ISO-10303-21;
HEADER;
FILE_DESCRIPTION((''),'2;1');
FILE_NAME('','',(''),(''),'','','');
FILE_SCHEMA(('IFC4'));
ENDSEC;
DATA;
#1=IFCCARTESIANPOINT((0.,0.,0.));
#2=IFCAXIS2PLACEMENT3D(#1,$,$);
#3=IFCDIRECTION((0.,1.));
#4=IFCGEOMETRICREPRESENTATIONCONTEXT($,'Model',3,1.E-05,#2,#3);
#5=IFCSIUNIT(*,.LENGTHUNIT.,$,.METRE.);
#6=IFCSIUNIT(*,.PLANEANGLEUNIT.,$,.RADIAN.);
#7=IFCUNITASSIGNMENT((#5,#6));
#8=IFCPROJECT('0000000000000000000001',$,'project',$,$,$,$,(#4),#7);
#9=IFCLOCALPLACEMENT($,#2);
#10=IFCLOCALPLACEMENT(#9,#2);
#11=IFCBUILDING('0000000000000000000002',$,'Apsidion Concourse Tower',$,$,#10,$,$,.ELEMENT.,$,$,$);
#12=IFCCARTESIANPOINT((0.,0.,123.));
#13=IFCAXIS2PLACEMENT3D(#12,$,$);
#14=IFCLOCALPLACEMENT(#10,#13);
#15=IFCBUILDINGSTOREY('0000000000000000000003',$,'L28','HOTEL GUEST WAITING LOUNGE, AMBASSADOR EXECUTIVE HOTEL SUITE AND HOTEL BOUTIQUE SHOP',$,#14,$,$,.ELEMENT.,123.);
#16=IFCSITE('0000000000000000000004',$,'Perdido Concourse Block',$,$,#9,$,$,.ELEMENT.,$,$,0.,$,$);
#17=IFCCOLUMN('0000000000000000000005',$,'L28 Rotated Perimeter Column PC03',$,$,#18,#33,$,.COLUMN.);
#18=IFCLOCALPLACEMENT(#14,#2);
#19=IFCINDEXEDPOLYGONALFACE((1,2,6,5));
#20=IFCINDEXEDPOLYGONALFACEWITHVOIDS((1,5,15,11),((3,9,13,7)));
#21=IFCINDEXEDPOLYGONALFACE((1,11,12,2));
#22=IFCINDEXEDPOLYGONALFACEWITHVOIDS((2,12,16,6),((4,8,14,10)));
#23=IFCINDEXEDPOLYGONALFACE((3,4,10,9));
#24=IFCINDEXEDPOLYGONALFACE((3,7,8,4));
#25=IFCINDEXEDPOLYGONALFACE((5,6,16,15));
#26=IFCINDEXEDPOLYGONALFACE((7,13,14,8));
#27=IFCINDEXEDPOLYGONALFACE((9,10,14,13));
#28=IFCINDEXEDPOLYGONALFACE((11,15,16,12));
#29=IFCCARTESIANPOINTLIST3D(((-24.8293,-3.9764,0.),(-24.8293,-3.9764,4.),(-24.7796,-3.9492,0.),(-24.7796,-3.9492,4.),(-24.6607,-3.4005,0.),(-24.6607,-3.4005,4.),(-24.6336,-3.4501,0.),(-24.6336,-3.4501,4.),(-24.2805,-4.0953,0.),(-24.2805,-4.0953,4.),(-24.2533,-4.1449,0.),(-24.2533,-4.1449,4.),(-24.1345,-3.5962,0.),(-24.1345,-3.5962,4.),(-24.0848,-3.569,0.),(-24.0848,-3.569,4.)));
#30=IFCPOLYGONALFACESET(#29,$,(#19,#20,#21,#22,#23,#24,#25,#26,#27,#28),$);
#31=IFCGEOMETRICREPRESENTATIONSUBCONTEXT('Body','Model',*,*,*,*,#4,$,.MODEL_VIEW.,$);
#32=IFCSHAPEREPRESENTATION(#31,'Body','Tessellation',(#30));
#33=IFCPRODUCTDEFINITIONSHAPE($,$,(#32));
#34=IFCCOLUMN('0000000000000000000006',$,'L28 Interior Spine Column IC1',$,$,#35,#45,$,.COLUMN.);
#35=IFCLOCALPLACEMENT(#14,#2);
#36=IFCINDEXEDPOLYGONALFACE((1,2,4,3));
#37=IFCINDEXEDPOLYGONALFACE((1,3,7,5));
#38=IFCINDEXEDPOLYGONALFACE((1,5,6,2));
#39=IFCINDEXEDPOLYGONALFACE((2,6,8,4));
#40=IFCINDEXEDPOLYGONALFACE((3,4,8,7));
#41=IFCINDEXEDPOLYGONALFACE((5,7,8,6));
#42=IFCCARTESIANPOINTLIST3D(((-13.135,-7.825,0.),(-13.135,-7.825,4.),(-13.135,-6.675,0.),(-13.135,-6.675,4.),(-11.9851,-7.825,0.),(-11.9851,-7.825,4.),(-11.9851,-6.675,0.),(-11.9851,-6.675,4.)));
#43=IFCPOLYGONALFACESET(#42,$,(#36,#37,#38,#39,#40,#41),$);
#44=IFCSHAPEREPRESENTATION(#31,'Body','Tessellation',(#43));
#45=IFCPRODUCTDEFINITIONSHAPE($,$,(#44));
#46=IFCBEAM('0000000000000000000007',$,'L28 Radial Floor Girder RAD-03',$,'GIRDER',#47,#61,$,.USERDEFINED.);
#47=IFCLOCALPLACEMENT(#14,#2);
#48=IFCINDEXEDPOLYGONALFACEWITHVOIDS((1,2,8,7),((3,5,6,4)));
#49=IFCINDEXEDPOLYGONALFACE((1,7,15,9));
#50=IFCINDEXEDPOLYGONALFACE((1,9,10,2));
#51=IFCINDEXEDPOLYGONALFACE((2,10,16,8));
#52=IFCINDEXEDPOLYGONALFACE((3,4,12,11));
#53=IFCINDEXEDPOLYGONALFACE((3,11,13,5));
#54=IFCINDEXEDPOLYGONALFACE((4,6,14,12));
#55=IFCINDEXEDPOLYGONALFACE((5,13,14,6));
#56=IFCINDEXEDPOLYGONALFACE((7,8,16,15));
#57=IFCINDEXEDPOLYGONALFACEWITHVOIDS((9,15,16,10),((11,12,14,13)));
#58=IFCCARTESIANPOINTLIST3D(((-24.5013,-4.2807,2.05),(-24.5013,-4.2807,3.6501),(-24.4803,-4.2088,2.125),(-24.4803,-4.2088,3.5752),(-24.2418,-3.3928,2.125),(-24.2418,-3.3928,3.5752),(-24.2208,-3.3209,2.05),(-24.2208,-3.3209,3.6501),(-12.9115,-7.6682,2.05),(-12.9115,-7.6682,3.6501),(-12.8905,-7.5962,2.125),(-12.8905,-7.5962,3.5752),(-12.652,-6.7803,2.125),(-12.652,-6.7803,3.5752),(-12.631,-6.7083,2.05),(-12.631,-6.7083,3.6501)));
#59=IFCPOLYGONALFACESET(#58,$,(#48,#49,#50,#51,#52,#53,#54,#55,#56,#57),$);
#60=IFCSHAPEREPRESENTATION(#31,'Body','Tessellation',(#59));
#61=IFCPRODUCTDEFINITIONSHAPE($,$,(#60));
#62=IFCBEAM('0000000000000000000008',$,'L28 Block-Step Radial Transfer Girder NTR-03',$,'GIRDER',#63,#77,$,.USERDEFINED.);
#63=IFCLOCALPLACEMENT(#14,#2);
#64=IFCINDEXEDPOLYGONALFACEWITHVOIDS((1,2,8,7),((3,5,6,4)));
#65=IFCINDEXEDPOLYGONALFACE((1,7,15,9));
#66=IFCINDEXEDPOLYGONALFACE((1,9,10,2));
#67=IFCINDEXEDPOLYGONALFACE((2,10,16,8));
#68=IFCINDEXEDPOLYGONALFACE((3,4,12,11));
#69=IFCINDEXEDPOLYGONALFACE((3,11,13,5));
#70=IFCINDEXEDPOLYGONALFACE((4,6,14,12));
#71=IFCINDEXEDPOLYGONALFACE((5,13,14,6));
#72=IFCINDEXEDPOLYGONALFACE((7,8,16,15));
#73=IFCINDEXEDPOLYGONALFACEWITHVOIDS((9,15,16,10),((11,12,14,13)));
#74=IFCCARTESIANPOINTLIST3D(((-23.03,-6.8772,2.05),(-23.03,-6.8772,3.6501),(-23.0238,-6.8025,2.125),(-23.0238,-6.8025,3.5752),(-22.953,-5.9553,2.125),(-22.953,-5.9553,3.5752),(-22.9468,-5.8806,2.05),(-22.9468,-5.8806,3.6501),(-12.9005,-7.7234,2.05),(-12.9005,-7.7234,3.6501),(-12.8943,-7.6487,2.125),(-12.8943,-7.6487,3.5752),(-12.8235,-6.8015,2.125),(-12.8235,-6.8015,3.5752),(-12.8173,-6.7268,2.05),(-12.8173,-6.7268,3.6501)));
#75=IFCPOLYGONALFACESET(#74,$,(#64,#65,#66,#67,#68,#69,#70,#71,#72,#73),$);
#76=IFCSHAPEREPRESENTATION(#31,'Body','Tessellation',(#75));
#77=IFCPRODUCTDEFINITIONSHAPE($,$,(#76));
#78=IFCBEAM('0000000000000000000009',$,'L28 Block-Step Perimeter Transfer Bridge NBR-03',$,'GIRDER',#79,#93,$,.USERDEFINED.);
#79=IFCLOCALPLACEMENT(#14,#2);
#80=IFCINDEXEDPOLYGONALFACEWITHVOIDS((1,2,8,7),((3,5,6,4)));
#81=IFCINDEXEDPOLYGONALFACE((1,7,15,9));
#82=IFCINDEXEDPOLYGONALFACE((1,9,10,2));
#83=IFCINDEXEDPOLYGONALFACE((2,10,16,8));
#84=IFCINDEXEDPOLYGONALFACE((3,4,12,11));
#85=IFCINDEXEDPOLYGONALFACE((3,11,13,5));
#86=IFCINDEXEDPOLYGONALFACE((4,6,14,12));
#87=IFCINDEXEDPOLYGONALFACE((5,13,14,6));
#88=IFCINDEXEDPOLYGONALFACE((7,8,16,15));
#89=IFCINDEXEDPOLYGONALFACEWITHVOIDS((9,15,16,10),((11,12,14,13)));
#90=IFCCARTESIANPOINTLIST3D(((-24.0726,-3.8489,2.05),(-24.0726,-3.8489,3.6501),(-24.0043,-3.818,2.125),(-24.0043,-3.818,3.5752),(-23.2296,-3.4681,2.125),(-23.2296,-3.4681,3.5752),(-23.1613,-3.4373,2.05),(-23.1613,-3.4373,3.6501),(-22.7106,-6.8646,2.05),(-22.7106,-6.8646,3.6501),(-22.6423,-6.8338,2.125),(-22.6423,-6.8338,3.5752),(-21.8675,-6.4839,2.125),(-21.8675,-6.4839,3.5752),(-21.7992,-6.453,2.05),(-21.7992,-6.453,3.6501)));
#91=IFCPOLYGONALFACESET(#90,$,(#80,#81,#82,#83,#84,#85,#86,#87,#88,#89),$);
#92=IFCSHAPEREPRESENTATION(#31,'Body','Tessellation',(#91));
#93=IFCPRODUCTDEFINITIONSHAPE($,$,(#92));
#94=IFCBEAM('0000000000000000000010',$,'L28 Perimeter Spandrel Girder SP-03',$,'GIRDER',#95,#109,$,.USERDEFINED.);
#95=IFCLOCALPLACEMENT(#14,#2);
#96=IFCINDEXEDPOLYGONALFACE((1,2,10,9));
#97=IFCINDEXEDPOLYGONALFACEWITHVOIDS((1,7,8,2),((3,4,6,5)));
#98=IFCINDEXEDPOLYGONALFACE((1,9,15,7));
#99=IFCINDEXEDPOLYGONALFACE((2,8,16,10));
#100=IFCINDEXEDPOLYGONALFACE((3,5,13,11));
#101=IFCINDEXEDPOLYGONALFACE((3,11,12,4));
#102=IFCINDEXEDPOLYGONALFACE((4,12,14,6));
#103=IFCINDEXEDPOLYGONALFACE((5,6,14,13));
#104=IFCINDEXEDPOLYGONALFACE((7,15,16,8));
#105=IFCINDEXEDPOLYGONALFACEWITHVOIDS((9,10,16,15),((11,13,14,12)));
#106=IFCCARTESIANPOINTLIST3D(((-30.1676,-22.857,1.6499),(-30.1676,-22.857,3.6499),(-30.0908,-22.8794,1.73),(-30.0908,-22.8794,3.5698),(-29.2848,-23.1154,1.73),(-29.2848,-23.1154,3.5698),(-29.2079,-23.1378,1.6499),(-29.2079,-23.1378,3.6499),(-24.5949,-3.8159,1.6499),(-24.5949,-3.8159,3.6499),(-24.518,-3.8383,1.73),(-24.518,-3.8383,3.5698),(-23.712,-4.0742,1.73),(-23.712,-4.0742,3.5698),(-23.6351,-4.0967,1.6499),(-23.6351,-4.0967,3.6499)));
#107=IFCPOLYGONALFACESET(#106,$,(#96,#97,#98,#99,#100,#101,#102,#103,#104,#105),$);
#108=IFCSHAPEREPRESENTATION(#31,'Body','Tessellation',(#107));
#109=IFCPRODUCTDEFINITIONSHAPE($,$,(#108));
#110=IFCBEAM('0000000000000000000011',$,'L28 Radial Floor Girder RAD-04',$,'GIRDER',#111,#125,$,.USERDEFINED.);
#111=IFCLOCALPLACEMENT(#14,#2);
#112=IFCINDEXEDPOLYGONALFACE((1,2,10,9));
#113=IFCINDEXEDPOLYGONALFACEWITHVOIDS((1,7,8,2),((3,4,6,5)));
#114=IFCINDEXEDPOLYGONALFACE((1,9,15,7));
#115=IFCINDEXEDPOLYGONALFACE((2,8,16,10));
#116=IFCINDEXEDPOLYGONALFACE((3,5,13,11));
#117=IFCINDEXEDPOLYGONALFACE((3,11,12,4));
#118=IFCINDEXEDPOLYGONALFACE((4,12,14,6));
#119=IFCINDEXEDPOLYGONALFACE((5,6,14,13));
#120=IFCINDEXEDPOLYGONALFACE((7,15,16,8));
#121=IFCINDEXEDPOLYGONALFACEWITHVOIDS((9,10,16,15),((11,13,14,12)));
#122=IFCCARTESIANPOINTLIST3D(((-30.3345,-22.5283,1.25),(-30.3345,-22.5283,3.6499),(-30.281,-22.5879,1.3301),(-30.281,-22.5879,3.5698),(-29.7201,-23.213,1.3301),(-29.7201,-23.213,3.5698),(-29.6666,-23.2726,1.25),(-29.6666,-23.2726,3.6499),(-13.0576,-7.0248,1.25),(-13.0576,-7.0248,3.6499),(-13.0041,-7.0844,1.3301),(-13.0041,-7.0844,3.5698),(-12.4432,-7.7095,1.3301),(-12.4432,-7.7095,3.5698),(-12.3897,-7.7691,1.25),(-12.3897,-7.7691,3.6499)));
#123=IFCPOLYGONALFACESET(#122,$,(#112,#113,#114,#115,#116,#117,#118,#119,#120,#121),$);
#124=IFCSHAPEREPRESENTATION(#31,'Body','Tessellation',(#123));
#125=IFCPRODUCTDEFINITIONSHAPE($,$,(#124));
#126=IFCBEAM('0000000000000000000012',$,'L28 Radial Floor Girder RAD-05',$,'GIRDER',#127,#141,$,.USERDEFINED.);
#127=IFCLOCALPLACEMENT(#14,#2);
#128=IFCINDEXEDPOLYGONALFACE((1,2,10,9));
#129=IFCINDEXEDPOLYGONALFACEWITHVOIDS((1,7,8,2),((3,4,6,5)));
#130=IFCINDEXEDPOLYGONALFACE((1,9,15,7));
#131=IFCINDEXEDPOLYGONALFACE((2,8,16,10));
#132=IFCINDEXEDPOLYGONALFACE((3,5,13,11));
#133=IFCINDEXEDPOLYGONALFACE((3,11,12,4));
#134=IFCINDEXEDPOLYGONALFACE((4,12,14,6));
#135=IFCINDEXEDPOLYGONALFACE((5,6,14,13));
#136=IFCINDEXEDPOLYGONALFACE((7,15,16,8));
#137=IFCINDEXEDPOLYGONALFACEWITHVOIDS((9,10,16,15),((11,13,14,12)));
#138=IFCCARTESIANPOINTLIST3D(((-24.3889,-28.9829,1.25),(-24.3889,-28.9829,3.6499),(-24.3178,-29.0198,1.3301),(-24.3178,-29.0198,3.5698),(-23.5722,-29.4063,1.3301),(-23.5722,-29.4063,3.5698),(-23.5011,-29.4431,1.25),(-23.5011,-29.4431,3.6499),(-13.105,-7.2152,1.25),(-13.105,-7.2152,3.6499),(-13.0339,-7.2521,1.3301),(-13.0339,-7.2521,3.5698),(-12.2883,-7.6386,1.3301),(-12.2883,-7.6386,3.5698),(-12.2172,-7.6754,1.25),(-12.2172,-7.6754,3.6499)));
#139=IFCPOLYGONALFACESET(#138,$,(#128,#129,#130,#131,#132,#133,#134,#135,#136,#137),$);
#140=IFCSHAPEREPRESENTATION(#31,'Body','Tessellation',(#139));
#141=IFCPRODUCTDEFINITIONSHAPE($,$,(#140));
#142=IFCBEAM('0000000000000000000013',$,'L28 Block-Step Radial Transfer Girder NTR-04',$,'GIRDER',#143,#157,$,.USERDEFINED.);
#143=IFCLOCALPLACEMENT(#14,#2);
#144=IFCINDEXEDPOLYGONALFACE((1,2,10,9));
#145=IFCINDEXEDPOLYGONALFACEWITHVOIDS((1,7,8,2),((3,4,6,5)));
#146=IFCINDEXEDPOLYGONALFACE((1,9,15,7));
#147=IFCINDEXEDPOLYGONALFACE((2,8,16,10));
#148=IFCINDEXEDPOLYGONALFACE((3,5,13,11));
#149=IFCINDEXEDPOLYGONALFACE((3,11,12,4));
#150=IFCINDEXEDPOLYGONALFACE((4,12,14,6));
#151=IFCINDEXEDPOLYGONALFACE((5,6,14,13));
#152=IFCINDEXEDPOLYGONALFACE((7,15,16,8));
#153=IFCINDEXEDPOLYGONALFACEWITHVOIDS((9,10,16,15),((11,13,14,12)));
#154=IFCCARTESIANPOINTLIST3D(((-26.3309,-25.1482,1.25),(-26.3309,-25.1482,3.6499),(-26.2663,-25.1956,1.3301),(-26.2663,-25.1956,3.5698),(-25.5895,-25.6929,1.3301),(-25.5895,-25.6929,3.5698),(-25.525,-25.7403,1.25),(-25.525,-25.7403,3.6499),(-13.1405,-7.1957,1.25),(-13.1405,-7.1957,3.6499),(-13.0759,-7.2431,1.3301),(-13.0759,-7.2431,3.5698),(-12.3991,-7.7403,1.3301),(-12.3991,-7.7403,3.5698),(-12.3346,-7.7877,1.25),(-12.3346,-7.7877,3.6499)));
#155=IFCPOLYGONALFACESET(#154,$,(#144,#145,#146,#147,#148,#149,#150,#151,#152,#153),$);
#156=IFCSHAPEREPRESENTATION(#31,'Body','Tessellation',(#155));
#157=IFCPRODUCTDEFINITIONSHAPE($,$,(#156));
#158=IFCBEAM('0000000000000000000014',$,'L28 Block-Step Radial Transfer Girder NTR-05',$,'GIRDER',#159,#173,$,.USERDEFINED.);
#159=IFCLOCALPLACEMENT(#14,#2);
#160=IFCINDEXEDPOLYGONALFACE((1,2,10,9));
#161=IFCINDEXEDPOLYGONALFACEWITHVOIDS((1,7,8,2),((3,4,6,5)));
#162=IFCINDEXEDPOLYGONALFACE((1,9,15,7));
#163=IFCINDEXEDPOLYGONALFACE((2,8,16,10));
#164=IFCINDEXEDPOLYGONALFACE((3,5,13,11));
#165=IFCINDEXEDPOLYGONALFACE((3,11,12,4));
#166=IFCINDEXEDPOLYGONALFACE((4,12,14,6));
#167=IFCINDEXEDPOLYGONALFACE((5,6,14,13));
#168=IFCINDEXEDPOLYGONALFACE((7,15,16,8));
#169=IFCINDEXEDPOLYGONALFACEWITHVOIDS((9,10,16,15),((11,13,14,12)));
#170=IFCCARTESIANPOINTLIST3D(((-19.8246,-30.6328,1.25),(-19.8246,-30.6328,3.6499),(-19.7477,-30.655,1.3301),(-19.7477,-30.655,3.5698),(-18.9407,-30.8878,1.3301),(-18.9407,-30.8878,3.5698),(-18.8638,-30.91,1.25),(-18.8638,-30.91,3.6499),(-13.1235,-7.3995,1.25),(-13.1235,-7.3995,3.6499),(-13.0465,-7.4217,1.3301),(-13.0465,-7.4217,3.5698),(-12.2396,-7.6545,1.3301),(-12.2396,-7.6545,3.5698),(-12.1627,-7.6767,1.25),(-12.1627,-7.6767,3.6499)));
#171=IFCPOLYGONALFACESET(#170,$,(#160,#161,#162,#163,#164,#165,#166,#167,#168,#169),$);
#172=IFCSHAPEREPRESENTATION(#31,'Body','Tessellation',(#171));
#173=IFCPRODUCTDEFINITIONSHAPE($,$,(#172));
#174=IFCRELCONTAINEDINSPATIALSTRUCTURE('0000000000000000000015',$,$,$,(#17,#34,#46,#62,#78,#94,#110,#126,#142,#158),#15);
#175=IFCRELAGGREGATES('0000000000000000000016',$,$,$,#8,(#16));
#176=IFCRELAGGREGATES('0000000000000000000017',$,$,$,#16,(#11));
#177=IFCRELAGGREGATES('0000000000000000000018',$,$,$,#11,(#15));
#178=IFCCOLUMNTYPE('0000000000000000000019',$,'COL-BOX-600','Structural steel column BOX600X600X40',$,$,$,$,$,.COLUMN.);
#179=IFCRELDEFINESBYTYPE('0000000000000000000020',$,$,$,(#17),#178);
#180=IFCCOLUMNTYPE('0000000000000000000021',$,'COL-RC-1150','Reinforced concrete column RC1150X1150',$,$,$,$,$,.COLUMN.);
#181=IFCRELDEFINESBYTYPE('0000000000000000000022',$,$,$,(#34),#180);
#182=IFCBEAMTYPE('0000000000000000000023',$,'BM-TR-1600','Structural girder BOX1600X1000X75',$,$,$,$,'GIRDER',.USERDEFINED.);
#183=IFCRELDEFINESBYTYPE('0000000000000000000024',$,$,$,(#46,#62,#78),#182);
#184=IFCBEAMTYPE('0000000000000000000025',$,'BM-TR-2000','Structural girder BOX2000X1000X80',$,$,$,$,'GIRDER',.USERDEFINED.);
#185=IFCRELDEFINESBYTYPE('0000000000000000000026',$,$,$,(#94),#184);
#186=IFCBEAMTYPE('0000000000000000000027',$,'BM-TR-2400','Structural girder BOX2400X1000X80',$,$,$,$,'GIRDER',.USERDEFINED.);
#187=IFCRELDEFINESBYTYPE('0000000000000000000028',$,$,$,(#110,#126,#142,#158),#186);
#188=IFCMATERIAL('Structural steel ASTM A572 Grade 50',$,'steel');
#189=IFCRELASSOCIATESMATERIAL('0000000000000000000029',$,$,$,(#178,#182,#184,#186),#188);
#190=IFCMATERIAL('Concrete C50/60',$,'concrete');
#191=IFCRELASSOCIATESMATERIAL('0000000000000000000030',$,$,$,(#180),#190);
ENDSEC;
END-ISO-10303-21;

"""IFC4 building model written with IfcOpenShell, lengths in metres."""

from ifc_helpers import new_model, si_unit, direction, frame, origin, origin_2d, place, context, subcontext, project, spatial, rectangle, hollow_rectangle, extrude, material, material_profile, profile_set, type_object, element, save


model = new_model("IFC4")

# Units and contexts
model_context = context("Model", 3, precision=1e-05, world=origin(), true_north=direction((0.0, 1.0)))
body_context = subcontext(model_context, "Body", "Model", "MODEL_VIEW")
ifc_project = project(units=[si_unit("LENGTHUNIT", "METRE"), si_unit("PLANEANGLEUNIT", "RADIAN")], contexts=[model_context])

# Site, building, storey
site_placement = place(None, origin())
site = spatial("IfcSite", under=ifc_project, at=site_placement, Name="Perdido Concourse Block", CompositionType="ELEMENT", RefElevation=0.0)
building_placement = place(site_placement, origin())
building = spatial("IfcBuilding", under=site, at=building_placement, Name="Apsidion Concourse Tower", CompositionType="ELEMENT")
storey_placement = place(building_placement, frame((0.0, 0.0, 123.0)))
storey = spatial("IfcBuildingStorey", under=building, at=storey_placement, Name="L28", Description="HOTEL GUEST WAITING LOUNGE, AMBASSADOR EXECUTIVE HOTEL SUITE AND HOTEL BOUTIQUE SHOP", CompositionType="ELEMENT", Elevation=123.0)

# Columns
ifc_material_1 = material(Name="Structural steel ASTM A572 Grade 50", Category="steel")
ifc_material_profile_1 = material_profile(ifc_material_1, hollow_rectangle(XDim=0.6001, YDim=0.6001, WallThickness=0.04, at=origin_2d()), Name="BOX600X600X40")
ifc_profile_set_1 = profile_set([ifc_material_profile_1], Name="Structural steel ASTM A572 Grade 50")
column_type_1 = type_object("IfcColumnType", Name="COL-BOX-600", Description="Structural steel column BOX600X600X40", PredefinedType="COLUMN", material=ifc_profile_set_1)
column_1_placement = place(storey_placement, frame((-24.457, -3.7727, 0.0), z_axis=(0.0, 0.0, 1.0), x_axis=(0.280834, 0.959756, 0.0)))
element("IfcColumn", 1, at=column_1_placement, inside=storey, type_object=column_type_1, Name="L28 Rotated Perimeter Column PC03", PredefinedType="COLUMN", context=body_context, shape_type="SweptSolid", body=[
    extrude(hollow_rectangle(XDim=0.6001, YDim=0.6001, WallThickness=0.04, at=origin_2d()), origin(), (0.0, 0.0, 1.0), 4.0),
])
ifc_material_2 = material(Name="Concrete C50/60", Category="concrete")
ifc_material_profile_2 = material_profile(ifc_material_2, rectangle(XDim=1.1499, YDim=1.1499, at=origin_2d()), Name="RC 1150x1150")
ifc_profile_set_2 = profile_set([ifc_material_profile_2], Name="Concrete C50/60")
column_type_2 = type_object("IfcColumnType", Name="COL-RC-1150", Description="Reinforced concrete column RC1150X1150", PredefinedType="COLUMN", material=ifc_profile_set_2)
column_2_placement = place(storey_placement, frame((-12.5601, -7.25, 0.0), z_axis=(0.0, 0.0, 1.0), x_axis=(1.0, 0.0, 0.0)))
element("IfcColumn", 2, at=column_2_placement, inside=storey, type_object=column_type_2, Name="L28 Interior Spine Column IC1", PredefinedType="COLUMN", context=body_context, shape_type="SweptSolid", body=[
    extrude(rectangle(XDim=1.1499, YDim=1.1499, at=origin_2d()), origin(), (0.0, 0.0, 1.0), 4.0),
])

# Beams
ifc_material_profile_3 = material_profile(ifc_material_1, hollow_rectangle(XDim=1.0, YDim=1.6001, WallThickness=0.075, at=origin_2d()), Name="BOX1600X1000X75")
ifc_profile_set_3 = profile_set([ifc_material_profile_3], Name="Structural steel ASTM A572 Grade 50")
beam_type_1 = type_object("IfcBeamType", Name="BM-TR-1600", Description="Structural girder BOX1600X1000X75", ElementType="GIRDER", PredefinedType="USERDEFINED", material=ifc_profile_set_3)
beam_1_placement = place(storey_placement, frame((-12.7712, -7.1882, 2.8501), z_axis=(-0.959842, 0.28054, 0.0), x_axis=(-0.28054, -0.959842, 0.0)))
element("IfcBeam", 3, at=beam_1_placement, inside=storey, type_object=beam_type_1, Name="L28 Radial Floor Girder RAD-03", ObjectType="GIRDER", PredefinedType="USERDEFINED", context=body_context, shape_type="SweptSolid", body=[
    extrude(hollow_rectangle(XDim=1.0, YDim=1.6001, WallThickness=0.075, at=origin_2d()), origin(), (0.0, 0.0, 1.0), 12.0747),
])
beam_2_placement = place(storey_placement, frame((-12.8589, -7.2251, 2.8501), z_axis=(-0.996529, 0.083248, 0.0), x_axis=(-0.083248, -0.996529, 0.0)))
element("IfcBeam", 4, at=beam_2_placement, inside=storey, type_object=beam_type_1, Name="L28 Block-Step Radial Transfer Girder NTR-03", ObjectType="GIRDER", PredefinedType="USERDEFINED", context=body_context, shape_type="SweptSolid", body=[
    extrude(hollow_rectangle(XDim=1.0, YDim=1.6001, WallThickness=0.075, at=origin_2d()), origin(), (0.0, 0.0, 1.0), 10.1648),
])
beam_3_placement = place(storey_placement, frame((-23.6169, -3.6431, 2.8501), z_axis=(0.411601, -0.911364, 0.0), x_axis=(0.911364, 0.411601, 0.0)))
element("IfcBeam", 5, at=beam_3_placement, inside=storey, type_object=beam_type_1, Name="L28 Block-Step Perimeter Transfer Bridge NBR-03", ObjectType="GIRDER", PredefinedType="USERDEFINED", context=body_context, shape_type="SweptSolid", body=[
    extrude(hollow_rectangle(XDim=1.0, YDim=1.6001, WallThickness=0.075, at=origin_2d()), origin(), (0.0, 0.0, 1.0), 3.3091),
])
ifc_material_profile_4 = material_profile(ifc_material_1, hollow_rectangle(XDim=1.0, YDim=2.0, WallThickness=0.0801, at=origin_2d()), Name="BOX2000X1000X80")
ifc_profile_set_4 = profile_set([ifc_material_profile_4], Name="Structural steel ASTM A572 Grade 50")
beam_type_2 = type_object("IfcBeamType", Name="BM-TR-2000", Description="Structural girder BOX2000X1000X80", ElementType="GIRDER", PredefinedType="USERDEFINED", material=ifc_profile_set_4)
beam_4_placement = place(storey_placement, frame((-24.115, -3.9563, 2.6499), z_axis=(-0.280888, -0.95974, 0.0), x_axis=(0.95974, -0.280888, 0.0)))
element("IfcBeam", 6, at=beam_4_placement, inside=storey, type_object=beam_type_2, Name="L28 Perimeter Spandrel Girder SP-03", ObjectType="GIRDER", PredefinedType="USERDEFINED", context=body_context, shape_type="SweptSolid", body=[
    extrude(hollow_rectangle(XDim=1.0, YDim=2.0, WallThickness=0.0801, at=origin_2d()), origin(), (0.0, 0.0, 1.0), 19.8398),
])
ifc_material_profile_5 = material_profile(ifc_material_1, hollow_rectangle(XDim=1.0, YDim=2.3999, WallThickness=0.0801, at=origin_2d()), Name="BOX2400X1000X80")
ifc_profile_set_5 = profile_set([ifc_material_profile_5], Name="Structural steel ASTM A572 Grade 50")
beam_type_3 = type_object("IfcBeamType", Name="BM-TR-2400", Description="Structural girder BOX2400X1000X80", ElementType="GIRDER", PredefinedType="USERDEFINED", material=ifc_profile_set_5)
beam_5_placement = place(storey_placement, frame((-12.7236, -7.397, 2.45), z_axis=(-0.744273, -0.667875, 0.0), x_axis=(0.667875, -0.744273, 0.0)))
element("IfcBeam", 7, at=beam_5_placement, inside=storey, type_object=beam_type_3, Name="L28 Radial Floor Girder RAD-04", ObjectType="GIRDER", PredefinedType="USERDEFINED", context=body_context, shape_type="SweptSolid", body=[
    extrude(hollow_rectangle(XDim=1.0, YDim=2.3999, WallThickness=0.0801, at=origin_2d()), origin(), (0.0, 0.0, 1.0), 23.2131),
])
beam_6_placement = place(storey_placement, frame((-12.6611, -7.4453, 2.45), z_axis=(-0.460218, -0.887806, 0.0), x_axis=(0.887806, -0.460218, 0.0)))
element("IfcBeam", 8, at=beam_6_placement, inside=storey, type_object=beam_type_3, Name="L28 Radial Floor Girder RAD-05", ObjectType="GIRDER", PredefinedType="USERDEFINED", context=body_context, shape_type="SweptSolid", body=[
    extrude(hollow_rectangle(XDim=1.0, YDim=2.3999, WallThickness=0.0801, at=origin_2d()), origin(), (0.0, 0.0, 1.0), 24.5186),
])
beam_7_placement = place(storey_placement, frame((-12.7375, -7.4917, 2.45), z_axis=(-0.592098, -0.805866, 0.0), x_axis=(0.805866, -0.592098, 0.0)))
element("IfcBeam", 9, at=beam_7_placement, inside=storey, type_object=beam_type_3, Name="L28 Block-Step Radial Transfer Girder NTR-04", ObjectType="GIRDER", PredefinedType="USERDEFINED", context=body_context, shape_type="SweptSolid", body=[
    extrude(hollow_rectangle(XDim=1.0, YDim=2.3999, WallThickness=0.0801, at=origin_2d()), origin(), (0.0, 0.0, 1.0), 22.2773),
])
beam_8_placement = place(storey_placement, frame((-12.6431, -7.5381, 2.45), z_axis=(-0.277131, -0.960832, 0.0), x_axis=(0.960832, -0.277131, 0.0)))
element("IfcBeam", 10, at=beam_8_placement, inside=storey, type_object=beam_type_3, Name="L28 Block-Step Radial Transfer Girder NTR-05", ObjectType="GIRDER", PredefinedType="USERDEFINED", context=body_context, shape_type="SweptSolid", body=[
    extrude(hollow_rectangle(XDim=1.0, YDim=2.3999, WallThickness=0.0801, at=origin_2d()), origin(), (0.0, 0.0, 1.0), 24.1804),
])

save(model, "model.ifc")
